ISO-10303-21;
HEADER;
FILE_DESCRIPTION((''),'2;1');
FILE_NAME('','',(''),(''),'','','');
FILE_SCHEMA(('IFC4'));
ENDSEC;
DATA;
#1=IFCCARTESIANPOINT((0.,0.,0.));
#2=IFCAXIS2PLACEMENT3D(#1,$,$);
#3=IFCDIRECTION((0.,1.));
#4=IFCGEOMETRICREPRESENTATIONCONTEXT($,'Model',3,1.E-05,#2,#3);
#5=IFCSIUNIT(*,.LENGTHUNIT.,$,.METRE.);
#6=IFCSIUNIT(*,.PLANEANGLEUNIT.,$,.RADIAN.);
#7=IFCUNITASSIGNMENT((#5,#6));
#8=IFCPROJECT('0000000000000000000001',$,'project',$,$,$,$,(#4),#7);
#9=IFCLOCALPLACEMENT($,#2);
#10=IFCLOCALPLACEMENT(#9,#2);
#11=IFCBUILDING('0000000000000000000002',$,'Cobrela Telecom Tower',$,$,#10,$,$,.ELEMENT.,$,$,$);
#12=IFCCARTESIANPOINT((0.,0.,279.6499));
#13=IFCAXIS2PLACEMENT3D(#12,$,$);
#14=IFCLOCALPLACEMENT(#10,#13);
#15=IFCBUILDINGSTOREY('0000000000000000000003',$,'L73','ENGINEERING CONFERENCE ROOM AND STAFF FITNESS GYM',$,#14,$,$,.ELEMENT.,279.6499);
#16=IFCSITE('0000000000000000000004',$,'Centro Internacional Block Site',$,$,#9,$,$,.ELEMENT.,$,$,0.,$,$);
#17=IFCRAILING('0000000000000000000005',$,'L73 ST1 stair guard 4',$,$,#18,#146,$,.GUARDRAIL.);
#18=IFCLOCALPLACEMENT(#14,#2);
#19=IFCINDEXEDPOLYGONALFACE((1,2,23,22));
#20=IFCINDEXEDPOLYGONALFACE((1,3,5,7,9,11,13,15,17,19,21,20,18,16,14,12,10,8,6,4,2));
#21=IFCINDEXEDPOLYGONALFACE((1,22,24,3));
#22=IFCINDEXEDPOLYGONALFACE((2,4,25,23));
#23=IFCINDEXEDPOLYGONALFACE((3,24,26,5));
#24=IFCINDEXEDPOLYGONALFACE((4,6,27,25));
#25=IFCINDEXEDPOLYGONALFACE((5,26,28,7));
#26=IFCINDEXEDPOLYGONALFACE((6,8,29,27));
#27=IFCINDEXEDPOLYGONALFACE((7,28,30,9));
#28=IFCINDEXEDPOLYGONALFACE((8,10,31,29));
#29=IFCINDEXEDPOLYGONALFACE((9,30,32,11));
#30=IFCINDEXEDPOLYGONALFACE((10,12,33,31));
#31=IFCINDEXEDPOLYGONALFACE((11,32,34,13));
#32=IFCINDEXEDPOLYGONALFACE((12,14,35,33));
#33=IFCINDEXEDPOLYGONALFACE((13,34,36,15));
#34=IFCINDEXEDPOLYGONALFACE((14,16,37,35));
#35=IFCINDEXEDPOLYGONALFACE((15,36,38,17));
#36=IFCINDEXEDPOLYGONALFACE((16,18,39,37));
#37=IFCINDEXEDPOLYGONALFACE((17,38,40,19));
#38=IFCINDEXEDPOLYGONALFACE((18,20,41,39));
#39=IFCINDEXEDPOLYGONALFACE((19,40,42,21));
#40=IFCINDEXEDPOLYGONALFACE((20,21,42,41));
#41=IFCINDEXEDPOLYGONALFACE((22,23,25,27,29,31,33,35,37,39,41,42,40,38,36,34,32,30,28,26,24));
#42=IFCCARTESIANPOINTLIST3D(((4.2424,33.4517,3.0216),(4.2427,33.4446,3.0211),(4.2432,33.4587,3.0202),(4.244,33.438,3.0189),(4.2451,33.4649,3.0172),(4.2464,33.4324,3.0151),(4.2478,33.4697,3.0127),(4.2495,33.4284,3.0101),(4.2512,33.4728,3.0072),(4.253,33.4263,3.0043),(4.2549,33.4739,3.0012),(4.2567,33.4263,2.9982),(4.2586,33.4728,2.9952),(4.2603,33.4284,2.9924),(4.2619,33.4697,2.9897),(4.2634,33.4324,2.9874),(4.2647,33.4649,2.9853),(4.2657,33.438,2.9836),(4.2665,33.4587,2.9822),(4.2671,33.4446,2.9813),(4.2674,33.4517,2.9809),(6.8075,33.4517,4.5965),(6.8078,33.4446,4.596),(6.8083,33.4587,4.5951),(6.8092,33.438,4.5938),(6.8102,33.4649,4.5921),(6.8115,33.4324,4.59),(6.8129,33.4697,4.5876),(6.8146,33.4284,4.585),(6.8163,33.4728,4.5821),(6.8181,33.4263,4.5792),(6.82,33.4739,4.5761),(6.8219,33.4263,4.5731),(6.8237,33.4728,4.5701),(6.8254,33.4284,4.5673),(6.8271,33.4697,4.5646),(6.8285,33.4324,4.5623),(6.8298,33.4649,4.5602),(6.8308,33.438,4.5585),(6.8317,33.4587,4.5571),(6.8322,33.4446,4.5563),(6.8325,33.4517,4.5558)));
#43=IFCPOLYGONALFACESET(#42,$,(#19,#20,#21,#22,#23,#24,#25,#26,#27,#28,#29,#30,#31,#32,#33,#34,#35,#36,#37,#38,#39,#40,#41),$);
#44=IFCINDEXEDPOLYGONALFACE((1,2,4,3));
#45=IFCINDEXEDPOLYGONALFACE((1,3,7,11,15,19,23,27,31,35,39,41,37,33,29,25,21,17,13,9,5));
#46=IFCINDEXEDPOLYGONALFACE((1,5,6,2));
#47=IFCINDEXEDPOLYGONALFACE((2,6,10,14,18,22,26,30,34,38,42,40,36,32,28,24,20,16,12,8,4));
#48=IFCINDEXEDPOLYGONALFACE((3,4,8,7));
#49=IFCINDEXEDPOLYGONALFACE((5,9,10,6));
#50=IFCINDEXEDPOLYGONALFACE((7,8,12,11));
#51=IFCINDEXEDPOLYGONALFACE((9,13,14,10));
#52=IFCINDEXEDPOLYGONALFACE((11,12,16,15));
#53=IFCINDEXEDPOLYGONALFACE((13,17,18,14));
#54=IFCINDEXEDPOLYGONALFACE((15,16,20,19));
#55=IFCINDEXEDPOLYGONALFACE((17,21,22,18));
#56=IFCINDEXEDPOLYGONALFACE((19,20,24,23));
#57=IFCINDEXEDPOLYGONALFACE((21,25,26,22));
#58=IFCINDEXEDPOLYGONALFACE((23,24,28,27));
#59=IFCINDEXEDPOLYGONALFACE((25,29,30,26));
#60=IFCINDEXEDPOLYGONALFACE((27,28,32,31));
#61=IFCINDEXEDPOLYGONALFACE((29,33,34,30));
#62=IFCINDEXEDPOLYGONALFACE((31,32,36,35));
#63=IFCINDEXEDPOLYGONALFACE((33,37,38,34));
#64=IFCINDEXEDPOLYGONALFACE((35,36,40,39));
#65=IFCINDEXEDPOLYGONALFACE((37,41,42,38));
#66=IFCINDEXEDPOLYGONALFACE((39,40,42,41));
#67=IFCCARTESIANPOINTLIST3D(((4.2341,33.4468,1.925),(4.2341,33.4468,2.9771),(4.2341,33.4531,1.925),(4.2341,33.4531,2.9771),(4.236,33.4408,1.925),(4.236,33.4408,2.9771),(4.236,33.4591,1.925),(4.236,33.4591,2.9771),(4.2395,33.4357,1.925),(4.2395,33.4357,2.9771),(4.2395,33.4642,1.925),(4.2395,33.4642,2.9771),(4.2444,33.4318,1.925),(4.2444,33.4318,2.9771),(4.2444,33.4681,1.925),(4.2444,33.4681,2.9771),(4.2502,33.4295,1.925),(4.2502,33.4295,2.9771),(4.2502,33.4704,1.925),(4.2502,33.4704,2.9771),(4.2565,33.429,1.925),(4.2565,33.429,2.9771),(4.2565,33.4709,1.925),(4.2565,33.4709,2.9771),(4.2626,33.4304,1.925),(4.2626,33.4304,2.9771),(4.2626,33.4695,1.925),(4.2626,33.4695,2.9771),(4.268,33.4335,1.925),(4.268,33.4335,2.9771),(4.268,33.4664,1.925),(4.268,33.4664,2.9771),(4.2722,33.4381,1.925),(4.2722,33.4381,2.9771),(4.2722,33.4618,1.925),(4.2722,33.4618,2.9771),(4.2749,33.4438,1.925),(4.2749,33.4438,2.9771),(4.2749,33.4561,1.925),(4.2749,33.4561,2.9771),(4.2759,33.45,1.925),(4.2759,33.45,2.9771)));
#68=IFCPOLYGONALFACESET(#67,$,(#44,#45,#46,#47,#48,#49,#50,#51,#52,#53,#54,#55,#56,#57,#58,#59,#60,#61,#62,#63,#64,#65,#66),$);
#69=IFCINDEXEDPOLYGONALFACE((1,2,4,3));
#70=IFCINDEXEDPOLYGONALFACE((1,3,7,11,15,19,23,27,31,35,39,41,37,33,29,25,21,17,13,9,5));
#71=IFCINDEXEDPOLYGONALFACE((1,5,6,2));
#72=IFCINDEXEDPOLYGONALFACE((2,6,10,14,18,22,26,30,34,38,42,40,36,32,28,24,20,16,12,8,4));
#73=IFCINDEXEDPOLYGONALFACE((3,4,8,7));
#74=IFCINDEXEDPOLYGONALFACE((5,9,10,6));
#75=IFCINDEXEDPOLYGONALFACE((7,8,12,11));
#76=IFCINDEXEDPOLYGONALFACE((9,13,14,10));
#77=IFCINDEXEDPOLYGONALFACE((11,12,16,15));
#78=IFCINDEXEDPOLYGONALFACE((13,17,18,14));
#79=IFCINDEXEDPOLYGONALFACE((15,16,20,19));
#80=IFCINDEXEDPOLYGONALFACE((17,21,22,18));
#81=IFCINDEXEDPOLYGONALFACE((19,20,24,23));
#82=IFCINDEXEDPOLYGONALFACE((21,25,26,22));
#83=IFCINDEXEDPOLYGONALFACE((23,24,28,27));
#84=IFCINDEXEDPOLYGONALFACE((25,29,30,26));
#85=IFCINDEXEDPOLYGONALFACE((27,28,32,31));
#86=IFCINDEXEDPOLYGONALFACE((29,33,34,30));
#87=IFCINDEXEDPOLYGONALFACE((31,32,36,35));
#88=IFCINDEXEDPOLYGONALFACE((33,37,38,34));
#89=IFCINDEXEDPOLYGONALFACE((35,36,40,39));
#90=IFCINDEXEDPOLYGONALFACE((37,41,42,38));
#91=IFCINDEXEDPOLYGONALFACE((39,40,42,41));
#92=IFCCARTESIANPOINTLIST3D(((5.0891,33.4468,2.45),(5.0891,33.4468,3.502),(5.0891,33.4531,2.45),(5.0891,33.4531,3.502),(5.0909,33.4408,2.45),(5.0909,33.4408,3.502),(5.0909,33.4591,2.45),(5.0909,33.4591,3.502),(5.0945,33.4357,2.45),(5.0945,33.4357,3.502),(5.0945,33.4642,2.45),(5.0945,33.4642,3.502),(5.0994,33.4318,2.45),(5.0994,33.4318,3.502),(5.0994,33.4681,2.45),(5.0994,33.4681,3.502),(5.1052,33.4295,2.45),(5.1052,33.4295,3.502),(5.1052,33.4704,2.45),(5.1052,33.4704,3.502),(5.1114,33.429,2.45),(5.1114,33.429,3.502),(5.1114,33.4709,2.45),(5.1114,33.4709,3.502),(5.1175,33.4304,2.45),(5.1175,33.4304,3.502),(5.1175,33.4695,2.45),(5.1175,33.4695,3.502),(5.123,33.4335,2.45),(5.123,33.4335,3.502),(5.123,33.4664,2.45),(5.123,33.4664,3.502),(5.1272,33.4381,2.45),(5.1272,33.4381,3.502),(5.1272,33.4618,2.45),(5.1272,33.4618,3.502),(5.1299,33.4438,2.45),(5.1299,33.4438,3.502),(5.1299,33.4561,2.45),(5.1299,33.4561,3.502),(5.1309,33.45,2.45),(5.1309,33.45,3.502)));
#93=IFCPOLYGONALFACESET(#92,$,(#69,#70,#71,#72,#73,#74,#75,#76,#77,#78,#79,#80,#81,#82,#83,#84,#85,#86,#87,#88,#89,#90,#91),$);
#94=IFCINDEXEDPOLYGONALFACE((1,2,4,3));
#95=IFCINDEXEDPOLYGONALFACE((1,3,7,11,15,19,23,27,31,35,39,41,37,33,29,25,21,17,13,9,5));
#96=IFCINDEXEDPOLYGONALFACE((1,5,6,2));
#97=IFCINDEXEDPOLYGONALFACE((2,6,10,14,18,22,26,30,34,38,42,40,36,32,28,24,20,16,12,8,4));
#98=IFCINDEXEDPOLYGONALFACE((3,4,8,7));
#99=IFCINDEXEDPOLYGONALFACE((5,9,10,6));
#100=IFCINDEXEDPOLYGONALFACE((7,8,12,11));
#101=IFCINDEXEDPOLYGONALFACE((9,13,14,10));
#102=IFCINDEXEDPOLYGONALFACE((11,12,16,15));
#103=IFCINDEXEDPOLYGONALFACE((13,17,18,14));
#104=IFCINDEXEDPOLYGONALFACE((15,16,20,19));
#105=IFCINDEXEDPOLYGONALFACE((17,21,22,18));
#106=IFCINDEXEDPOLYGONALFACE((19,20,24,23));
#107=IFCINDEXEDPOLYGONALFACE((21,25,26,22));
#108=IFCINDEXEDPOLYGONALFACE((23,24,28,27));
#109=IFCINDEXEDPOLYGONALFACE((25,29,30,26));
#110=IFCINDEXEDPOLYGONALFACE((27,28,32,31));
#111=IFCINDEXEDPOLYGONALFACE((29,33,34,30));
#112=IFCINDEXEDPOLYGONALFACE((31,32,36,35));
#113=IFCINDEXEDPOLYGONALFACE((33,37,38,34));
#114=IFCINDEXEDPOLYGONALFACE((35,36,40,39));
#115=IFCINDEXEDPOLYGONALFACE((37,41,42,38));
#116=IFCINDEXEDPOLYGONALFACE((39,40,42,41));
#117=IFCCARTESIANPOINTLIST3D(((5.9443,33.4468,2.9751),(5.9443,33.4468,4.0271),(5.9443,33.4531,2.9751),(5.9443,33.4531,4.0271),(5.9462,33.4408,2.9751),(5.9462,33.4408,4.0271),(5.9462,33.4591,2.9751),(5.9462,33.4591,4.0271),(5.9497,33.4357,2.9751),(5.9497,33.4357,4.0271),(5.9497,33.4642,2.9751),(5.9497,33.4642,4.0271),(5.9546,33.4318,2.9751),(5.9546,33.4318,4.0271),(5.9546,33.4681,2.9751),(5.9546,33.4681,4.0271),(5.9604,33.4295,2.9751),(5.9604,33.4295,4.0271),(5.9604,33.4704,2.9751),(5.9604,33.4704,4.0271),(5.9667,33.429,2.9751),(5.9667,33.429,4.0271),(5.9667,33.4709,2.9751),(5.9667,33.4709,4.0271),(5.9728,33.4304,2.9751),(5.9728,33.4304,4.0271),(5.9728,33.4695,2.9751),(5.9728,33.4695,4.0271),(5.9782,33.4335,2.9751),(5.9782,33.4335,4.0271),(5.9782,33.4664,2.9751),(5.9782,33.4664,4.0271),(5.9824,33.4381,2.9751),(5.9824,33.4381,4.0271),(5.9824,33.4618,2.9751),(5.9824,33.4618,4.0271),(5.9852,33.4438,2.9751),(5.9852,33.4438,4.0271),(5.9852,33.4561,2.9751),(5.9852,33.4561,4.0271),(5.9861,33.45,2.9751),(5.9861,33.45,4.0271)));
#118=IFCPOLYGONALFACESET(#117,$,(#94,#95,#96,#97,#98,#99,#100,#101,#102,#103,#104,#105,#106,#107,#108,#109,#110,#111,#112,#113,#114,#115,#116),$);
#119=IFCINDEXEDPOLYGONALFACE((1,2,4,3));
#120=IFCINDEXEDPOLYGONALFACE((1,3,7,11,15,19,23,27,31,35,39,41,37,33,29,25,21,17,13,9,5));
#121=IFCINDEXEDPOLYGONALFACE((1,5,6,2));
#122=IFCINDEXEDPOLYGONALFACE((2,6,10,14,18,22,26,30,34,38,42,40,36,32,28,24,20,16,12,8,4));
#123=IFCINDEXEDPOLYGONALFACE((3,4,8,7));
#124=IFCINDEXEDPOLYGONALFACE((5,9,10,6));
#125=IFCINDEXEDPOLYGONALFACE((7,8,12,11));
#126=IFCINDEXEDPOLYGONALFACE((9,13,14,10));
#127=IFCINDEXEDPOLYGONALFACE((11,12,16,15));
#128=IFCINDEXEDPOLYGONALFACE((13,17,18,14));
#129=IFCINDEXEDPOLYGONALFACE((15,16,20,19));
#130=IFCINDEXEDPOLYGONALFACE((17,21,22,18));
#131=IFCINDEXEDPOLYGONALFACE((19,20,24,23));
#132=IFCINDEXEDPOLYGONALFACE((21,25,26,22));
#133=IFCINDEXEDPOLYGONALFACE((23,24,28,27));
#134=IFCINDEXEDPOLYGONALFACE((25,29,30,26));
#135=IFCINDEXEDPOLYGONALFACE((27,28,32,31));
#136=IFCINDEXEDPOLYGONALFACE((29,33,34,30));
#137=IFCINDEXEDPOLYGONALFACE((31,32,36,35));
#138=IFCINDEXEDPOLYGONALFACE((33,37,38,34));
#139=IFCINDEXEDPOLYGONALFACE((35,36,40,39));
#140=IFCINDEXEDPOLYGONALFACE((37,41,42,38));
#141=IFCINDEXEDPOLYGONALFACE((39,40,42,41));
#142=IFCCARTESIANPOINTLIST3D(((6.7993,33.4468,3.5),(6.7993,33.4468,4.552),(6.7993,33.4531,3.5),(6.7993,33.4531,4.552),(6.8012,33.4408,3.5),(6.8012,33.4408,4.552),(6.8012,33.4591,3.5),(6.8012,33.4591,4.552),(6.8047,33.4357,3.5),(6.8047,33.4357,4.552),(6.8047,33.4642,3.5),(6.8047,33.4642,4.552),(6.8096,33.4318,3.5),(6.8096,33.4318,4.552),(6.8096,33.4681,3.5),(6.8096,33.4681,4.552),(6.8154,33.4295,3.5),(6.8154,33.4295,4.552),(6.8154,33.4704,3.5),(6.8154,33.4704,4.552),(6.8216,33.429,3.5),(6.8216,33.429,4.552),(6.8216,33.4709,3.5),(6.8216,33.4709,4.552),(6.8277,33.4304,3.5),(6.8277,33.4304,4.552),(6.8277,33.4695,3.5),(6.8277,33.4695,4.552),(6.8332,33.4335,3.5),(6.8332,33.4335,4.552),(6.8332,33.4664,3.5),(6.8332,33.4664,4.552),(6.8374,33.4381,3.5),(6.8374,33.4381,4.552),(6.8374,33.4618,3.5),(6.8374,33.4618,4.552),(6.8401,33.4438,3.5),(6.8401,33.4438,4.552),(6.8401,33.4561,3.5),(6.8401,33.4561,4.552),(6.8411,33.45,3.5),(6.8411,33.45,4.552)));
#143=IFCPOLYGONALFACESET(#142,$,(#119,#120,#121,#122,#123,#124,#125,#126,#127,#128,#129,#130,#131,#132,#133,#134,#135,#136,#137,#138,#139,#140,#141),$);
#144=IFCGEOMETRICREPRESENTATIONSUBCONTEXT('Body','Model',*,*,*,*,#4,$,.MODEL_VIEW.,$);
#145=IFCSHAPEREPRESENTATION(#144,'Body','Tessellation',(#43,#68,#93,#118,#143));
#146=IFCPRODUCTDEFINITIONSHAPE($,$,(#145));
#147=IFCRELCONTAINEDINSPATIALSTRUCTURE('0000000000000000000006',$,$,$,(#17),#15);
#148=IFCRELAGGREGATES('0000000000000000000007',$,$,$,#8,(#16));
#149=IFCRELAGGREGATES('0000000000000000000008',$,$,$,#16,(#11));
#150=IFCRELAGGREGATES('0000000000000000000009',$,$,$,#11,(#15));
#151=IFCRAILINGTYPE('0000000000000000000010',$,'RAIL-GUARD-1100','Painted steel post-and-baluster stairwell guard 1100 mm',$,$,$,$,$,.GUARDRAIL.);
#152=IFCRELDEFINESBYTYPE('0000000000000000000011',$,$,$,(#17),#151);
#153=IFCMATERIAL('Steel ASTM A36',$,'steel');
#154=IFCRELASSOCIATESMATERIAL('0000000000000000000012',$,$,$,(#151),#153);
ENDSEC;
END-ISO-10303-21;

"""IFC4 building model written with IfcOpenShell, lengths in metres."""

from ifc_helpers import new_model, si_unit, direction, frame, origin, origin_2d, place, context, subcontext, project, spatial, circle, extrude, material, type_object, element, save


model = new_model("IFC4")

# Units and contexts
model_context = context("Model", 3, precision=1e-05, world=origin(), true_north=direction((0.0, 1.0)))
body_context = subcontext(model_context, "Body", "Model", "MODEL_VIEW")
ifc_project = project(units=[si_unit("LENGTHUNIT", "METRE"), si_unit("PLANEANGLEUNIT", "RADIAN")], contexts=[model_context])

# Site, building, storey
site_placement = place(None, origin())
site = spatial("IfcSite", under=ifc_project, at=site_placement, Name="Centro Internacional Block Site", CompositionType="ELEMENT", RefElevation=0.0)
building_placement = place(site_placement, origin())
building = spatial("IfcBuilding", under=site, at=building_placement, Name="Cobrela Telecom Tower", CompositionType="ELEMENT")
storey_placement = place(building_placement, frame((0.0, 0.0, 279.6499)))
storey = spatial("IfcBuildingStorey", under=building, at=storey_placement, Name="L73", Description="ENGINEERING CONFERENCE ROOM AND STAFF FITNESS GYM", CompositionType="ELEMENT", Elevation=279.6499)

# Shared definitions
ifc_material_1 = material(Name="Steel ASTM A36", Category="steel")

# Railing
railing_type_1 = type_object("IfcRailingType", Name="RAIL-GUARD-1100", Description="Painted steel post-and-baluster stairwell guard 1100 mm", PredefinedType="GUARDRAIL", material=ifc_material_1)
railing_1_placement = place(storey_placement, frame((4.2549, 33.45, 1.925)))
element("IfcRailing", 1, at=railing_1_placement, inside=storey, type_object=railing_type_1, Name="L73 ST1 stair guard 4", PredefinedType="GUARDRAIL", context=body_context, shape_type="SweptSolid", body=[
    extrude(circle(Radius=0.0239, at=origin_2d()), frame((0.0, 0.0, 1.0762), z_axis=(0.852195, 0.0, 0.523224), x_axis=(0.0, 1.0, 0.0)), (0.0, 0.0, 1.0), 3.01),
    extrude(circle(Radius=0.021, at=origin_2d()), origin(), (0.0, 0.0, 1.0), 1.052),
    extrude(circle(Radius=0.021, at=origin_2d()), frame((0.855, 0.0, 0.5249)), (0.0, 0.0, 1.0), 1.052),
    extrude(circle(Radius=0.021, at=origin_2d()), frame((1.7102, 0.0, 1.05)), (0.0, 0.0, 1.0), 1.052),
    extrude(circle(Radius=0.021, at=origin_2d()), frame((2.5652, 0.0, 1.575)), (0.0, 0.0, 1.0), 1.052),
])

save(model, "model.ifc")
